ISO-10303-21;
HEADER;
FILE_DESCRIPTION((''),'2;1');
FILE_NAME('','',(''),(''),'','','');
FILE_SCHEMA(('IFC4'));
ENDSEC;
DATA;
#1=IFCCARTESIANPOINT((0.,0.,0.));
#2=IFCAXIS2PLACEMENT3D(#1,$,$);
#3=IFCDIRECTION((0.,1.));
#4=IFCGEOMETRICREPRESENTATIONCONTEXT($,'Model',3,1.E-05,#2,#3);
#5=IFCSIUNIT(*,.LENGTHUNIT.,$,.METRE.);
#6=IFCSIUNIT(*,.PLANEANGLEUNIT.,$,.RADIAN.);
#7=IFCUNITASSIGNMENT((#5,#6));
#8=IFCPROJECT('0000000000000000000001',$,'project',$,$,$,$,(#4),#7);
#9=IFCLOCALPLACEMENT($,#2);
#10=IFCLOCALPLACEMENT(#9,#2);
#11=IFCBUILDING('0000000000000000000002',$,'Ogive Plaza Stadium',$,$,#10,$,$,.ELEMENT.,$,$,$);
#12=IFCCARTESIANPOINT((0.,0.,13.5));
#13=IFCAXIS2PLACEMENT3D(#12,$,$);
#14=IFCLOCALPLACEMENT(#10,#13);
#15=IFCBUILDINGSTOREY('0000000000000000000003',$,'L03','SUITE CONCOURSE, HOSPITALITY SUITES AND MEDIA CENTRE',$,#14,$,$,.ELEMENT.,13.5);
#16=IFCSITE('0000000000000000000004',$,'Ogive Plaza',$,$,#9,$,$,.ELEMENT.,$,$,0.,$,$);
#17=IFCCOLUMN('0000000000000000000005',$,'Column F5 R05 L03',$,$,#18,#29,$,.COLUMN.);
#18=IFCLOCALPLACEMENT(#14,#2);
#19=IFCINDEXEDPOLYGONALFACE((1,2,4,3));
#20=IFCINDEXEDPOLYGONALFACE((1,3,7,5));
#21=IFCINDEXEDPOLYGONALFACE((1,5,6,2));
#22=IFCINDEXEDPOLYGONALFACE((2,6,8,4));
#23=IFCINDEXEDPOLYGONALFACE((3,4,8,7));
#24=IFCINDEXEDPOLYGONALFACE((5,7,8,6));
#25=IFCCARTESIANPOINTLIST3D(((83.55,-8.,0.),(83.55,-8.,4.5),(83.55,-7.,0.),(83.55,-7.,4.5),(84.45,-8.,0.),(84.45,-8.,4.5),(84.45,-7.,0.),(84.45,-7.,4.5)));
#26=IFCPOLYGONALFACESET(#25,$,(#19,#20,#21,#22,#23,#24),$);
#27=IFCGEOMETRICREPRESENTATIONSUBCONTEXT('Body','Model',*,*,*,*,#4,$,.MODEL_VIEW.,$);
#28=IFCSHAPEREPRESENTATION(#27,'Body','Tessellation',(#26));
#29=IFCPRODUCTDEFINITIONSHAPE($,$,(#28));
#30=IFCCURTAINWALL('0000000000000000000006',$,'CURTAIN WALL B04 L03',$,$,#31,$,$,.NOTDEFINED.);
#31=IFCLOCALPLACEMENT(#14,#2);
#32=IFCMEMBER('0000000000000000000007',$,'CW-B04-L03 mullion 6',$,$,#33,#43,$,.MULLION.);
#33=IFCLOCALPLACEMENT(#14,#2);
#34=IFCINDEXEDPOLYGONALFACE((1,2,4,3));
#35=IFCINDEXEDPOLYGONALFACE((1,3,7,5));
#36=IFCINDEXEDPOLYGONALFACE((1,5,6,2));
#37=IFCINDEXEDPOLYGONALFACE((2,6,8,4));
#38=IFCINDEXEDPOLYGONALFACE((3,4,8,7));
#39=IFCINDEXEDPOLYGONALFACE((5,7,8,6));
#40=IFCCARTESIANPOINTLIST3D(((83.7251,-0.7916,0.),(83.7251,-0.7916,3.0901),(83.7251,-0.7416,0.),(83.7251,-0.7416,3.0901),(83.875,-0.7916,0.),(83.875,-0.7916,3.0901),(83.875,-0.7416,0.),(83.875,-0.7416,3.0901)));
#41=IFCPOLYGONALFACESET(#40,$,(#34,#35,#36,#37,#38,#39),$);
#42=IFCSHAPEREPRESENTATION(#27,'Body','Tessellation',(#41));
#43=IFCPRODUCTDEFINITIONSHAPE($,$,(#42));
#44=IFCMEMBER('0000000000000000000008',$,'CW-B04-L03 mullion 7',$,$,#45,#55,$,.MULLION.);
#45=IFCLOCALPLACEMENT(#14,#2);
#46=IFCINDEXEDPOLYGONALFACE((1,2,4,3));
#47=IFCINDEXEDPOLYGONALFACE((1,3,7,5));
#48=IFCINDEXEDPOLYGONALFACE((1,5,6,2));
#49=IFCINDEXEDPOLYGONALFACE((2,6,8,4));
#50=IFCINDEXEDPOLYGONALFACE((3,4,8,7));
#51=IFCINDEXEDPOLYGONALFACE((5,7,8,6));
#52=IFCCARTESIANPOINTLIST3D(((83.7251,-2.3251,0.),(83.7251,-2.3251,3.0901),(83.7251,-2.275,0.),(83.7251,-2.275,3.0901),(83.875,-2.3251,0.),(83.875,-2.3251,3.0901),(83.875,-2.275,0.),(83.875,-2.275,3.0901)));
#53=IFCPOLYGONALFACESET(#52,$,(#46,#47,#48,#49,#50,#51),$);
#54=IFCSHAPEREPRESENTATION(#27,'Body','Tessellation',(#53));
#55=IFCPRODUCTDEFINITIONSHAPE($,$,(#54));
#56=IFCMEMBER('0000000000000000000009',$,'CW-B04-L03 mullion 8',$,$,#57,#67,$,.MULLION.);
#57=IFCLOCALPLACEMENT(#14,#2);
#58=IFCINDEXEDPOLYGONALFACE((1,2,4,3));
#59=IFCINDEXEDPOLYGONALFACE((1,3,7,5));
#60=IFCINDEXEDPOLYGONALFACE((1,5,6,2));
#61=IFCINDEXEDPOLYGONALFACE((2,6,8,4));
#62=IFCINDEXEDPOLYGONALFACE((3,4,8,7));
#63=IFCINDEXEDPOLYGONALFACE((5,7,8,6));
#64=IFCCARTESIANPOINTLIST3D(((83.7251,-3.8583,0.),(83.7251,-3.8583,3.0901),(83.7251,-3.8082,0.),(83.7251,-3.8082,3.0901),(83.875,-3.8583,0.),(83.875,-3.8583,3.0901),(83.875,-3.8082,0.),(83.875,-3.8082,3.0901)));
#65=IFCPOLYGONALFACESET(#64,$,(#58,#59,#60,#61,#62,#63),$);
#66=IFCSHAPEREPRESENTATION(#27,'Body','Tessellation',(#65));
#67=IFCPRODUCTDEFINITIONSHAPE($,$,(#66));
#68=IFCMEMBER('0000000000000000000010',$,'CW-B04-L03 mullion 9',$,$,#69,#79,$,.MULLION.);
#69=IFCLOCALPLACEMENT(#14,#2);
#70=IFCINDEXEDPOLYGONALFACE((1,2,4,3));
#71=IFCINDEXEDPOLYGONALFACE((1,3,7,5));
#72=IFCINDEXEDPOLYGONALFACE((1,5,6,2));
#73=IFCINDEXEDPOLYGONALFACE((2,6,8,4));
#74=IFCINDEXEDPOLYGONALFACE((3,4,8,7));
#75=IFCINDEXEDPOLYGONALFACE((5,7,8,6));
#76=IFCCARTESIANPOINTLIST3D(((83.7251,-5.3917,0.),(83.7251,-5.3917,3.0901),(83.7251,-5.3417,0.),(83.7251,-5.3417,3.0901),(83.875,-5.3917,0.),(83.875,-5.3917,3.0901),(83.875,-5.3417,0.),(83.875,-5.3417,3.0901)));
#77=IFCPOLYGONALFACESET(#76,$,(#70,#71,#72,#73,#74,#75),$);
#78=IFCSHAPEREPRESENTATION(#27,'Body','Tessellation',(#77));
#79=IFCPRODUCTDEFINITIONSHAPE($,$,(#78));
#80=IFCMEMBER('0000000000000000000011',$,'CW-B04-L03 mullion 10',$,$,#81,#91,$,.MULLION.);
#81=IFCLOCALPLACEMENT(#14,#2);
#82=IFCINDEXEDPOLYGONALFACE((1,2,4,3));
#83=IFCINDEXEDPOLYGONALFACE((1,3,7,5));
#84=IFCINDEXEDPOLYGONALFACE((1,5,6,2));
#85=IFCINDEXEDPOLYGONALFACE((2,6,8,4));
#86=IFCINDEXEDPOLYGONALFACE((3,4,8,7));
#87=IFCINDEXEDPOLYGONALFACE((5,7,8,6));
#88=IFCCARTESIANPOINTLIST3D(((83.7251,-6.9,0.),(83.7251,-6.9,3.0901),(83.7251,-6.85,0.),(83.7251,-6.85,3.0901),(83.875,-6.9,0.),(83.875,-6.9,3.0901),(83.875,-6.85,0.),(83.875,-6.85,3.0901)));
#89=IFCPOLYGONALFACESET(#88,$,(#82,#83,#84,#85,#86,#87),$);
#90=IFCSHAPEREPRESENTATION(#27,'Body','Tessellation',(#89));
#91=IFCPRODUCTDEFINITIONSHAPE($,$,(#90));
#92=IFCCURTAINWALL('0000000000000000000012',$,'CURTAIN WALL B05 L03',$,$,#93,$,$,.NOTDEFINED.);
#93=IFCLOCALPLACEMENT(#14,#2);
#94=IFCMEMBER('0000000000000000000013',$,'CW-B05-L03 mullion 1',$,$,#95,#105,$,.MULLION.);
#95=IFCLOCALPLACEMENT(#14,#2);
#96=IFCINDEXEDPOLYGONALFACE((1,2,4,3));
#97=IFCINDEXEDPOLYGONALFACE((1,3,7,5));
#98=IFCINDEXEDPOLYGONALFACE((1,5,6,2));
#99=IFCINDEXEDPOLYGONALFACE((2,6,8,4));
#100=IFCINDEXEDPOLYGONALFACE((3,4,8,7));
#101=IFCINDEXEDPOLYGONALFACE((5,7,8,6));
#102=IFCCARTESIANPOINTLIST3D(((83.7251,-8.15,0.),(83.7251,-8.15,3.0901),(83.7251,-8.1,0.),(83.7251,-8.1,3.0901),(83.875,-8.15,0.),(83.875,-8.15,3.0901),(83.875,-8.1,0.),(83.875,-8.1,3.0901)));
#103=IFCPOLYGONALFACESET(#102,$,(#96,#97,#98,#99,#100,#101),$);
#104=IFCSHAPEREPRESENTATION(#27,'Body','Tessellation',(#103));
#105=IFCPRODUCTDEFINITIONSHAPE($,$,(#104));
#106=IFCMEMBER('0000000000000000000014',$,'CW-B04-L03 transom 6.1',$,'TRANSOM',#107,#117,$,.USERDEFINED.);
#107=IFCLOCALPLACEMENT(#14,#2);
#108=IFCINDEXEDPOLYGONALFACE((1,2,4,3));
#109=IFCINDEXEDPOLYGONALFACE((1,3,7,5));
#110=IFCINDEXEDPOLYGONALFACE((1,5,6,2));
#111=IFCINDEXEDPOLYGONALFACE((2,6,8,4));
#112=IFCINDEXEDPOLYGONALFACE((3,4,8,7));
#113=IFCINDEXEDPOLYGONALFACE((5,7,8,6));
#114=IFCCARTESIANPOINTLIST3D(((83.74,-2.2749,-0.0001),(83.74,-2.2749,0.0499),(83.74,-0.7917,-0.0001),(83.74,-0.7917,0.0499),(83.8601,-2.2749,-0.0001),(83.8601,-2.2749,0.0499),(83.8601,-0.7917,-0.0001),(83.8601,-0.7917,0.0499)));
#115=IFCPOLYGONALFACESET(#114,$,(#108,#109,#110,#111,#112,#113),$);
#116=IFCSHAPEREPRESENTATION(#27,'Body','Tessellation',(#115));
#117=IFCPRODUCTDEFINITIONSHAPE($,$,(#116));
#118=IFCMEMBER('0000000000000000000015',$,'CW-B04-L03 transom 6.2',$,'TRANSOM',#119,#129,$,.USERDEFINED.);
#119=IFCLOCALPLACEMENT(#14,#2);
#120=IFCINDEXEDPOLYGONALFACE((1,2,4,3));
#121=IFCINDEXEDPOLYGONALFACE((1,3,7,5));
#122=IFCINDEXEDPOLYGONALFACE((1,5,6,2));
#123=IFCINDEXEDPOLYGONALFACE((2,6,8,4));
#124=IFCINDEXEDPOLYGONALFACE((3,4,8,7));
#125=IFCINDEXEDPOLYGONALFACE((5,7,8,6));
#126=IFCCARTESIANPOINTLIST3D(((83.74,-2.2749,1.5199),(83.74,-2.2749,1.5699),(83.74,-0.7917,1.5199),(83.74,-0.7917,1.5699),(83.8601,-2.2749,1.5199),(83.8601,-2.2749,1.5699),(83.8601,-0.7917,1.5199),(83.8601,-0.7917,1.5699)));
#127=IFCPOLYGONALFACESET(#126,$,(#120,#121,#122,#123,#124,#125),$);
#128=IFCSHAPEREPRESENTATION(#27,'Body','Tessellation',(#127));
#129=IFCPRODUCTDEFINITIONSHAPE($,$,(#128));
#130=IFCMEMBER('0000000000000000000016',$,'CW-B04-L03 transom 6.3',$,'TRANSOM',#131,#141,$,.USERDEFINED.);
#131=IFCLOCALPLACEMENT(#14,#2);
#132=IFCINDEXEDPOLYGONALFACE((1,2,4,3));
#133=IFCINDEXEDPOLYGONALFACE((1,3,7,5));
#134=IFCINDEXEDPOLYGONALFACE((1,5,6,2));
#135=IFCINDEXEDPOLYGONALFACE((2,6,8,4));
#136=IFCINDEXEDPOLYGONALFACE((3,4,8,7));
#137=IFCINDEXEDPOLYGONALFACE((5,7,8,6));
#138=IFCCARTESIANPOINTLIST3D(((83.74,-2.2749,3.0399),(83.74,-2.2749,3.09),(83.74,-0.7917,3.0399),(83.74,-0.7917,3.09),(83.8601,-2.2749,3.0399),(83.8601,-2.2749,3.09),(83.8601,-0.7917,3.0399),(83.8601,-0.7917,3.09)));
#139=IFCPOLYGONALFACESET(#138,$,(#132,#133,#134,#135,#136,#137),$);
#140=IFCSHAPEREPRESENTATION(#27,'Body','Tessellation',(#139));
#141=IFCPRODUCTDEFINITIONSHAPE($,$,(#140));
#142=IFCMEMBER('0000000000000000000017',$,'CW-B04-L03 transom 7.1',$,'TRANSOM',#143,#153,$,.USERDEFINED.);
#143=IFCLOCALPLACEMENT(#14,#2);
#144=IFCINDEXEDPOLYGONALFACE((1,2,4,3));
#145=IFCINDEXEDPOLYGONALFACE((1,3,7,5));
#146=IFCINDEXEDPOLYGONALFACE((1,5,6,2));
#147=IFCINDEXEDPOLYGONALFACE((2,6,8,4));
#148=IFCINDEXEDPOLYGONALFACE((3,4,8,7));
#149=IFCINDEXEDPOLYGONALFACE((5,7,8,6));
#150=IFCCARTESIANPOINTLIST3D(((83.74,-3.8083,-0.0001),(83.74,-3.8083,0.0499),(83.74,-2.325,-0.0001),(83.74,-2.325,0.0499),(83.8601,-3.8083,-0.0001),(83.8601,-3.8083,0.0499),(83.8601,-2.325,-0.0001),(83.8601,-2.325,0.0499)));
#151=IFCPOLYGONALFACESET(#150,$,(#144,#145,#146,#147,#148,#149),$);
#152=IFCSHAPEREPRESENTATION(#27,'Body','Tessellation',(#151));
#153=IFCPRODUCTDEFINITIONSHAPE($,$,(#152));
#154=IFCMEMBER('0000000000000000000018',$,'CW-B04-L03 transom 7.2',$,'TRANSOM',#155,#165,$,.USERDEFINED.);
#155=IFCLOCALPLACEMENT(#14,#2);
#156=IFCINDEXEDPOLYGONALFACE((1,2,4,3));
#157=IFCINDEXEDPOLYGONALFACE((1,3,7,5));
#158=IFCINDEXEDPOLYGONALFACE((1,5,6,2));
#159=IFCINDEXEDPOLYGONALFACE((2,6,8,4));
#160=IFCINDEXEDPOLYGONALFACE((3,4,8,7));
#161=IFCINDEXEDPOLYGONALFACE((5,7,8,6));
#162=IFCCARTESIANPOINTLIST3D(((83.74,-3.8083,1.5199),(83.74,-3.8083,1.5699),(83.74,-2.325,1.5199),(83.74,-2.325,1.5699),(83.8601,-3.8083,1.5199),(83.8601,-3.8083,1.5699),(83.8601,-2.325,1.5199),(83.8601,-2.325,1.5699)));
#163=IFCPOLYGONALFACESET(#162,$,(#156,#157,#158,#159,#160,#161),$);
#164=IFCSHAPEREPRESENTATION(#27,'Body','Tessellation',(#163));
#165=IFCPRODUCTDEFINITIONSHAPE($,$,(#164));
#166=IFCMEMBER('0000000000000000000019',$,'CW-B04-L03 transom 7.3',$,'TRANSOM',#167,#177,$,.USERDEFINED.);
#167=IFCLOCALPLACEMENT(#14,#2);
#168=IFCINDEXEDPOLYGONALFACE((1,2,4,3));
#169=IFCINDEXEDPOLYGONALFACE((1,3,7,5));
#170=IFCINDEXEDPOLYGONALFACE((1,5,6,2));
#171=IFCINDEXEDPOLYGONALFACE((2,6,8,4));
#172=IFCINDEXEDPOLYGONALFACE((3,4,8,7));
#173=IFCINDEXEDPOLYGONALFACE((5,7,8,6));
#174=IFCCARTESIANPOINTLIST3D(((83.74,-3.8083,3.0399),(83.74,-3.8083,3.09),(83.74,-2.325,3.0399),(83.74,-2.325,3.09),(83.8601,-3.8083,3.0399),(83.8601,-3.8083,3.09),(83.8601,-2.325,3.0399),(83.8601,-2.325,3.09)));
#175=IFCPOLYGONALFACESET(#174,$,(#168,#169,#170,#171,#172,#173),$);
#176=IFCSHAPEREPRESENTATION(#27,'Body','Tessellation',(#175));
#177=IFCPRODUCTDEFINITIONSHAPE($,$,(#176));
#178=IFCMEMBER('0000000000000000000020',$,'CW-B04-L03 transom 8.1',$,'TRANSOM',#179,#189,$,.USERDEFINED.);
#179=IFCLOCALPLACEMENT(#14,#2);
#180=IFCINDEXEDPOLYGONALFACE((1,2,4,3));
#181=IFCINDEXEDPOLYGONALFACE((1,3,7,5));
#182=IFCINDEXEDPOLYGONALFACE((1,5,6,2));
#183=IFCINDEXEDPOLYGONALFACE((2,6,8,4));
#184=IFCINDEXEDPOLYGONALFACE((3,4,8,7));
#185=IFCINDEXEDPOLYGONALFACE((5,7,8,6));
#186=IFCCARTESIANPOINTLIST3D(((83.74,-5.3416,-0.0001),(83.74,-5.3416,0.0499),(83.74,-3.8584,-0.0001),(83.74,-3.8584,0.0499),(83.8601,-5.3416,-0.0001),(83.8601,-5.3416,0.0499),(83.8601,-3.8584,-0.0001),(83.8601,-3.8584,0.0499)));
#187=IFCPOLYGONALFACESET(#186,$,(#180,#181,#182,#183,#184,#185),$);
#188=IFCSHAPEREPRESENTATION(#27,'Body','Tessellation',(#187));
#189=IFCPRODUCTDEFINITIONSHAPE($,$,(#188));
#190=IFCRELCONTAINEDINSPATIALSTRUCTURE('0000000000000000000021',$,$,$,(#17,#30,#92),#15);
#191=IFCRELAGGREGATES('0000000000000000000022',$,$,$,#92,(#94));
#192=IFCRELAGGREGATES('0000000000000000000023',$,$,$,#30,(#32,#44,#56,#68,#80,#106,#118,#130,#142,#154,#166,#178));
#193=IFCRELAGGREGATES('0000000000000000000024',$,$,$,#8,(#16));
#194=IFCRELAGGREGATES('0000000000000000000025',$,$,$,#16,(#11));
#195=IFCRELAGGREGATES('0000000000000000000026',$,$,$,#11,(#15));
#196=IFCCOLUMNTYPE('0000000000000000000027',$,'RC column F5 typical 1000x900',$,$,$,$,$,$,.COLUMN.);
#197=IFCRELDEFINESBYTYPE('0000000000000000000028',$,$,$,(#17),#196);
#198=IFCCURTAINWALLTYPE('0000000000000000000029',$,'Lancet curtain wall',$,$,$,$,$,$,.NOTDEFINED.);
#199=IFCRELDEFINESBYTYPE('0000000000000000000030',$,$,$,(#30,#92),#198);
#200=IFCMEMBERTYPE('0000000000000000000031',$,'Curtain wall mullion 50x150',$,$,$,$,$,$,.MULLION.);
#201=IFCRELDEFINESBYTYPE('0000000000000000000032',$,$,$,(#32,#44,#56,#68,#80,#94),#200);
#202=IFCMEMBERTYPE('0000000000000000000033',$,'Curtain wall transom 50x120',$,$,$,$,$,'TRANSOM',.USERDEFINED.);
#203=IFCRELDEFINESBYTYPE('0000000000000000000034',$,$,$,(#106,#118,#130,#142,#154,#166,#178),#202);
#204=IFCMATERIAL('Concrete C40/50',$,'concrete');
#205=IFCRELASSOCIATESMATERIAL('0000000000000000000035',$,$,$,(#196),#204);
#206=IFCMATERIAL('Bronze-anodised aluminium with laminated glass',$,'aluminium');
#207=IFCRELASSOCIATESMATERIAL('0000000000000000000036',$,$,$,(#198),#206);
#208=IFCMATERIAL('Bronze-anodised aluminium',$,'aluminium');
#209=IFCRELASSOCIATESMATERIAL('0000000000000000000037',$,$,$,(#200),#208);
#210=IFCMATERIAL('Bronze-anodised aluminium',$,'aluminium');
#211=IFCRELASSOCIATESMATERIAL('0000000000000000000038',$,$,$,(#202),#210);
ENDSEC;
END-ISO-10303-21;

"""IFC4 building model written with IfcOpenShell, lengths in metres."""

from ifc_helpers import new_model, si_unit, direction, frame, origin, origin_2d, place, context, subcontext, project, spatial, rectangle, extrude, material, material_profile, profile_set, type_object, element, aggregate, save


model = new_model("IFC4")

# Units and contexts
model_context = context("Model", 3, precision=1e-05, world=origin(), true_north=direction((0.0, 1.0)))
body_context = subcontext(model_context, "Body", "Model", "MODEL_VIEW")
ifc_project = project(units=[si_unit("LENGTHUNIT", "METRE"), si_unit("PLANEANGLEUNIT", "RADIAN")], contexts=[model_context])

# Site, building, storey
site_placement = place(None, origin())
site = spatial("IfcSite", under=ifc_project, at=site_placement, Name="Ogive Plaza", CompositionType="ELEMENT", RefElevation=0.0)
building_placement = place(site_placement, origin())
building = spatial("IfcBuilding", under=site, at=building_placement, Name="Ogive Plaza Stadium", CompositionType="ELEMENT")
storey_placement = place(building_placement, frame((0.0, 0.0, 13.5)))
storey = spatial("IfcBuildingStorey", under=building, at=storey_placement, Name="L03", Description="SUITE CONCOURSE, HOSPITALITY SUITES AND MEDIA CENTRE", CompositionType="ELEMENT", Elevation=13.5)

# Column
ifc_material_1 = material(Name="Concrete C40/50", Category="concrete")
ifc_material_profile_1 = material_profile(ifc_material_1, rectangle(XDim=1.0, YDim=0.8999, at=origin_2d()), Name="RC 1000x900")
ifc_profile_set_1 = profile_set([ifc_material_profile_1], Name="Concrete C40/50")
column_type = type_object("IfcColumnType", Name="RC column F5 typical 1000x900", PredefinedType="COLUMN", material=ifc_profile_set_1)
column_placement = place(storey_placement, frame((84.0, -7.5, 0.0), z_axis=(0.0, 0.0, 1.0), x_axis=(0.0, 1.0, 0.0)))
element("IfcColumn", 1, at=column_placement, inside=storey, type_object=column_type, Name="Column F5 R05 L03", PredefinedType="COLUMN", context=body_context, shape_type="SweptSolid", body=[
    extrude(rectangle(XDim=1.0, YDim=0.8999, at=origin_2d()), origin(), (0.0, 0.0, 1.0), 4.5),
])

# Curtain wall, members
ifc_material_2 = material(Name="Bronze-anodised aluminium with laminated glass", Category="aluminium")
curtain_wall_type = type_object("IfcCurtainWallType", Name="Lancet curtain wall", PredefinedType="NOTDEFINED", material=ifc_material_2)
curtain_wall_1_placement = place(storey_placement, origin())
curtain_wall_1 = element("IfcCurtainWall", 2, at=curtain_wall_1_placement, inside=storey, type_object=curtain_wall_type, Name="CURTAIN WALL B04 L03", PredefinedType="NOTDEFINED")
ifc_material_3 = material(Name="Bronze-anodised aluminium", Category="aluminium")
ifc_material_profile_2 = material_profile(ifc_material_3, rectangle(XDim=0.1499, YDim=0.05, at=origin_2d()), Name="AL 150x50")
ifc_profile_set_2 = profile_set([ifc_material_profile_2], Name="Bronze-anodised aluminium")
member_type_1 = type_object("IfcMemberType", Name="Curtain wall mullion 50x150", PredefinedType="MULLION", material=ifc_profile_set_2)
member_1_placement = place(storey_placement, frame((83.8, -0.7666, 0.0), z_axis=(0.0, 0.0, 1.0), x_axis=(1.0, 0.0, 0.0)))
member_1 = element("IfcMember", 3, at=member_1_placement, type_object=member_type_1, Name="CW-B04-L03 mullion 6", PredefinedType="MULLION", context=body_context, shape_type="SweptSolid", body=[
    extrude(rectangle(XDim=0.1499, YDim=0.05, at=origin_2d()), origin(), (0.0, 0.0, 1.0), 3.0901),
])
member_2_placement = place(storey_placement, frame((83.8, -2.3, 0.0), z_axis=(0.0, 0.0, 1.0), x_axis=(1.0, 0.0, 0.0)))
member_2 = element("IfcMember", 4, at=member_2_placement, type_object=member_type_1, Name="CW-B04-L03 mullion 7", PredefinedType="MULLION", context=body_context, shape_type="SweptSolid", body=[
    extrude(rectangle(XDim=0.1499, YDim=0.05, at=origin_2d()), origin(), (0.0, 0.0, 1.0), 3.0901),
])
member_3_placement = place(storey_placement, frame((83.8, -3.8333, 0.0), z_axis=(0.0, 0.0, 1.0), x_axis=(1.0, 0.0, 0.0)))
member_3 = element("IfcMember", 5, at=member_3_placement, type_object=member_type_1, Name="CW-B04-L03 mullion 8", PredefinedType="MULLION", context=body_context, shape_type="SweptSolid", body=[
    extrude(rectangle(XDim=0.1499, YDim=0.05, at=origin_2d()), origin(), (0.0, 0.0, 1.0), 3.0901),
])
member_4_placement = place(storey_placement, frame((83.8, -5.3667, 0.0), z_axis=(0.0, 0.0, 1.0), x_axis=(1.0, 0.0, 0.0)))
member_4 = element("IfcMember", 6, at=member_4_placement, type_object=member_type_1, Name="CW-B04-L03 mullion 9", PredefinedType="MULLION", context=body_context, shape_type="SweptSolid", body=[
    extrude(rectangle(XDim=0.1499, YDim=0.05, at=origin_2d()), origin(), (0.0, 0.0, 1.0), 3.0901),
])
member_5_placement = place(storey_placement, frame((83.8, -6.875, 0.0), z_axis=(0.0, 0.0, 1.0), x_axis=(1.0, 0.0, 0.0)))
member_5 = element("IfcMember", 7, at=member_5_placement, type_object=member_type_1, Name="CW-B04-L03 mullion 10", PredefinedType="MULLION", context=body_context, shape_type="SweptSolid", body=[
    extrude(rectangle(XDim=0.1499, YDim=0.05, at=origin_2d()), origin(), (0.0, 0.0, 1.0), 3.0901),
])

# Curtain wall, member
curtain_wall_2_placement = place(storey_placement, origin())
curtain_wall_2 = element("IfcCurtainWall", 8, at=curtain_wall_2_placement, inside=storey, type_object=curtain_wall_type, Name="CURTAIN WALL B05 L03", PredefinedType="NOTDEFINED")
member_6_placement = place(storey_placement, frame((83.8, -8.125, 0.0), z_axis=(0.0, 0.0, 1.0), x_axis=(1.0, 0.0, 0.0)))
member_6 = element("IfcMember", 9, at=member_6_placement, type_object=member_type_1, Name="CW-B05-L03 mullion 1", PredefinedType="MULLION", context=body_context, shape_type="SweptSolid", body=[
    extrude(rectangle(XDim=0.1499, YDim=0.05, at=origin_2d()), origin(), (0.0, 0.0, 1.0), 3.0901),
])

# Members
ifc_material_4 = material(Name="Bronze-anodised aluminium", Category="aluminium")
ifc_material_profile_3 = material_profile(ifc_material_4, rectangle(XDim=0.1201, YDim=0.05, at=origin_2d()), Name="AL 120x50")
ifc_profile_set_3 = profile_set([ifc_material_profile_3], Name="Bronze-anodised aluminium")
member_type_2 = type_object("IfcMemberType", Name="Curtain wall transom 50x120", ElementType="TRANSOM", PredefinedType="USERDEFINED", material=ifc_profile_set_3)
member_7_placement = place(storey_placement, frame((83.8, -0.7917, 0.0249), z_axis=(0.0, -1.0, 0.0), x_axis=(1.0, 0.0, 0.0)))
member_7 = element("IfcMember", 10, at=member_7_placement, type_object=member_type_2, Name="CW-B04-L03 transom 6.1", ObjectType="TRANSOM", PredefinedType="USERDEFINED", context=body_context, shape_type="SweptSolid", body=[
    extrude(rectangle(XDim=0.1201, YDim=0.05, at=origin_2d()), origin(), (0.0, 0.0, 1.0), 1.4832),
])
member_8_placement = place(storey_placement, frame((83.8, -0.7917, 1.5449), z_axis=(0.0, -1.0, 0.0), x_axis=(1.0, 0.0, 0.0)))
member_8 = element("IfcMember", 11, at=member_8_placement, type_object=member_type_2, Name="CW-B04-L03 transom 6.2", ObjectType="TRANSOM", PredefinedType="USERDEFINED", context=body_context, shape_type="SweptSolid", body=[
    extrude(rectangle(XDim=0.1201, YDim=0.05, at=origin_2d()), origin(), (0.0, 0.0, 1.0), 1.4832),
])
member_9_placement = place(storey_placement, frame((83.8, -0.7917, 3.0649), z_axis=(0.0, -1.0, 0.0), x_axis=(1.0, 0.0, 0.0)))
member_9 = element("IfcMember", 12, at=member_9_placement, type_object=member_type_2, Name="CW-B04-L03 transom 6.3", ObjectType="TRANSOM", PredefinedType="USERDEFINED", context=body_context, shape_type="SweptSolid", body=[
    extrude(rectangle(XDim=0.1201, YDim=0.05, at=origin_2d()), origin(), (0.0, 0.0, 1.0), 1.4832),
])
member_10_placement = place(storey_placement, frame((83.8, -2.325, 0.0249), z_axis=(0.0, -1.0, 0.0), x_axis=(1.0, 0.0, 0.0)))
member_10 = element("IfcMember", 13, at=member_10_placement, type_object=member_type_2, Name="CW-B04-L03 transom 7.1", ObjectType="TRANSOM", PredefinedType="USERDEFINED", context=body_context, shape_type="SweptSolid", body=[
    extrude(rectangle(XDim=0.1201, YDim=0.05, at=origin_2d()), origin(), (0.0, 0.0, 1.0), 1.4834),
])
member_11_placement = place(storey_placement, frame((83.8, -2.325, 1.5449), z_axis=(0.0, -1.0, 0.0), x_axis=(1.0, 0.0, 0.0)))
member_11 = element("IfcMember", 14, at=member_11_placement, type_object=member_type_2, Name="CW-B04-L03 transom 7.2", ObjectType="TRANSOM", PredefinedType="USERDEFINED", context=body_context, shape_type="SweptSolid", body=[
    extrude(rectangle(XDim=0.1201, YDim=0.05, at=origin_2d()), origin(), (0.0, 0.0, 1.0), 1.4834),
])
member_12_placement = place(storey_placement, frame((83.8, -2.325, 3.0649), z_axis=(0.0, -1.0, 0.0), x_axis=(1.0, 0.0, 0.0)))
member_12 = element("IfcMember", 15, at=member_12_placement, type_object=member_type_2, Name="CW-B04-L03 transom 7.3", ObjectType="TRANSOM", PredefinedType="USERDEFINED", context=body_context, shape_type="SweptSolid", body=[
    extrude(rectangle(XDim=0.1201, YDim=0.05, at=origin_2d()), origin(), (0.0, 0.0, 1.0), 1.4834),
])
member_13_placement = place(storey_placement, frame((83.8, -3.8584, 0.0249), z_axis=(0.0, -1.0, 0.0), x_axis=(1.0, 0.0, 0.0)))
member_13 = element("IfcMember", 16, at=member_13_placement, type_object=member_type_2, Name="CW-B04-L03 transom 8.1", ObjectType="TRANSOM", PredefinedType="USERDEFINED", context=body_context, shape_type="SweptSolid", body=[
    extrude(rectangle(XDim=0.1201, YDim=0.05, at=origin_2d()), origin(), (0.0, 0.0, 1.0), 1.4832),
])
aggregate(curtain_wall_2, [member_6])

aggregate(curtain_wall_1, [member_1, member_2, member_3, member_4, member_5, member_7, member_8, member_9, member_10, member_11, member_12, member_13])

save(model, "model.ifc")
